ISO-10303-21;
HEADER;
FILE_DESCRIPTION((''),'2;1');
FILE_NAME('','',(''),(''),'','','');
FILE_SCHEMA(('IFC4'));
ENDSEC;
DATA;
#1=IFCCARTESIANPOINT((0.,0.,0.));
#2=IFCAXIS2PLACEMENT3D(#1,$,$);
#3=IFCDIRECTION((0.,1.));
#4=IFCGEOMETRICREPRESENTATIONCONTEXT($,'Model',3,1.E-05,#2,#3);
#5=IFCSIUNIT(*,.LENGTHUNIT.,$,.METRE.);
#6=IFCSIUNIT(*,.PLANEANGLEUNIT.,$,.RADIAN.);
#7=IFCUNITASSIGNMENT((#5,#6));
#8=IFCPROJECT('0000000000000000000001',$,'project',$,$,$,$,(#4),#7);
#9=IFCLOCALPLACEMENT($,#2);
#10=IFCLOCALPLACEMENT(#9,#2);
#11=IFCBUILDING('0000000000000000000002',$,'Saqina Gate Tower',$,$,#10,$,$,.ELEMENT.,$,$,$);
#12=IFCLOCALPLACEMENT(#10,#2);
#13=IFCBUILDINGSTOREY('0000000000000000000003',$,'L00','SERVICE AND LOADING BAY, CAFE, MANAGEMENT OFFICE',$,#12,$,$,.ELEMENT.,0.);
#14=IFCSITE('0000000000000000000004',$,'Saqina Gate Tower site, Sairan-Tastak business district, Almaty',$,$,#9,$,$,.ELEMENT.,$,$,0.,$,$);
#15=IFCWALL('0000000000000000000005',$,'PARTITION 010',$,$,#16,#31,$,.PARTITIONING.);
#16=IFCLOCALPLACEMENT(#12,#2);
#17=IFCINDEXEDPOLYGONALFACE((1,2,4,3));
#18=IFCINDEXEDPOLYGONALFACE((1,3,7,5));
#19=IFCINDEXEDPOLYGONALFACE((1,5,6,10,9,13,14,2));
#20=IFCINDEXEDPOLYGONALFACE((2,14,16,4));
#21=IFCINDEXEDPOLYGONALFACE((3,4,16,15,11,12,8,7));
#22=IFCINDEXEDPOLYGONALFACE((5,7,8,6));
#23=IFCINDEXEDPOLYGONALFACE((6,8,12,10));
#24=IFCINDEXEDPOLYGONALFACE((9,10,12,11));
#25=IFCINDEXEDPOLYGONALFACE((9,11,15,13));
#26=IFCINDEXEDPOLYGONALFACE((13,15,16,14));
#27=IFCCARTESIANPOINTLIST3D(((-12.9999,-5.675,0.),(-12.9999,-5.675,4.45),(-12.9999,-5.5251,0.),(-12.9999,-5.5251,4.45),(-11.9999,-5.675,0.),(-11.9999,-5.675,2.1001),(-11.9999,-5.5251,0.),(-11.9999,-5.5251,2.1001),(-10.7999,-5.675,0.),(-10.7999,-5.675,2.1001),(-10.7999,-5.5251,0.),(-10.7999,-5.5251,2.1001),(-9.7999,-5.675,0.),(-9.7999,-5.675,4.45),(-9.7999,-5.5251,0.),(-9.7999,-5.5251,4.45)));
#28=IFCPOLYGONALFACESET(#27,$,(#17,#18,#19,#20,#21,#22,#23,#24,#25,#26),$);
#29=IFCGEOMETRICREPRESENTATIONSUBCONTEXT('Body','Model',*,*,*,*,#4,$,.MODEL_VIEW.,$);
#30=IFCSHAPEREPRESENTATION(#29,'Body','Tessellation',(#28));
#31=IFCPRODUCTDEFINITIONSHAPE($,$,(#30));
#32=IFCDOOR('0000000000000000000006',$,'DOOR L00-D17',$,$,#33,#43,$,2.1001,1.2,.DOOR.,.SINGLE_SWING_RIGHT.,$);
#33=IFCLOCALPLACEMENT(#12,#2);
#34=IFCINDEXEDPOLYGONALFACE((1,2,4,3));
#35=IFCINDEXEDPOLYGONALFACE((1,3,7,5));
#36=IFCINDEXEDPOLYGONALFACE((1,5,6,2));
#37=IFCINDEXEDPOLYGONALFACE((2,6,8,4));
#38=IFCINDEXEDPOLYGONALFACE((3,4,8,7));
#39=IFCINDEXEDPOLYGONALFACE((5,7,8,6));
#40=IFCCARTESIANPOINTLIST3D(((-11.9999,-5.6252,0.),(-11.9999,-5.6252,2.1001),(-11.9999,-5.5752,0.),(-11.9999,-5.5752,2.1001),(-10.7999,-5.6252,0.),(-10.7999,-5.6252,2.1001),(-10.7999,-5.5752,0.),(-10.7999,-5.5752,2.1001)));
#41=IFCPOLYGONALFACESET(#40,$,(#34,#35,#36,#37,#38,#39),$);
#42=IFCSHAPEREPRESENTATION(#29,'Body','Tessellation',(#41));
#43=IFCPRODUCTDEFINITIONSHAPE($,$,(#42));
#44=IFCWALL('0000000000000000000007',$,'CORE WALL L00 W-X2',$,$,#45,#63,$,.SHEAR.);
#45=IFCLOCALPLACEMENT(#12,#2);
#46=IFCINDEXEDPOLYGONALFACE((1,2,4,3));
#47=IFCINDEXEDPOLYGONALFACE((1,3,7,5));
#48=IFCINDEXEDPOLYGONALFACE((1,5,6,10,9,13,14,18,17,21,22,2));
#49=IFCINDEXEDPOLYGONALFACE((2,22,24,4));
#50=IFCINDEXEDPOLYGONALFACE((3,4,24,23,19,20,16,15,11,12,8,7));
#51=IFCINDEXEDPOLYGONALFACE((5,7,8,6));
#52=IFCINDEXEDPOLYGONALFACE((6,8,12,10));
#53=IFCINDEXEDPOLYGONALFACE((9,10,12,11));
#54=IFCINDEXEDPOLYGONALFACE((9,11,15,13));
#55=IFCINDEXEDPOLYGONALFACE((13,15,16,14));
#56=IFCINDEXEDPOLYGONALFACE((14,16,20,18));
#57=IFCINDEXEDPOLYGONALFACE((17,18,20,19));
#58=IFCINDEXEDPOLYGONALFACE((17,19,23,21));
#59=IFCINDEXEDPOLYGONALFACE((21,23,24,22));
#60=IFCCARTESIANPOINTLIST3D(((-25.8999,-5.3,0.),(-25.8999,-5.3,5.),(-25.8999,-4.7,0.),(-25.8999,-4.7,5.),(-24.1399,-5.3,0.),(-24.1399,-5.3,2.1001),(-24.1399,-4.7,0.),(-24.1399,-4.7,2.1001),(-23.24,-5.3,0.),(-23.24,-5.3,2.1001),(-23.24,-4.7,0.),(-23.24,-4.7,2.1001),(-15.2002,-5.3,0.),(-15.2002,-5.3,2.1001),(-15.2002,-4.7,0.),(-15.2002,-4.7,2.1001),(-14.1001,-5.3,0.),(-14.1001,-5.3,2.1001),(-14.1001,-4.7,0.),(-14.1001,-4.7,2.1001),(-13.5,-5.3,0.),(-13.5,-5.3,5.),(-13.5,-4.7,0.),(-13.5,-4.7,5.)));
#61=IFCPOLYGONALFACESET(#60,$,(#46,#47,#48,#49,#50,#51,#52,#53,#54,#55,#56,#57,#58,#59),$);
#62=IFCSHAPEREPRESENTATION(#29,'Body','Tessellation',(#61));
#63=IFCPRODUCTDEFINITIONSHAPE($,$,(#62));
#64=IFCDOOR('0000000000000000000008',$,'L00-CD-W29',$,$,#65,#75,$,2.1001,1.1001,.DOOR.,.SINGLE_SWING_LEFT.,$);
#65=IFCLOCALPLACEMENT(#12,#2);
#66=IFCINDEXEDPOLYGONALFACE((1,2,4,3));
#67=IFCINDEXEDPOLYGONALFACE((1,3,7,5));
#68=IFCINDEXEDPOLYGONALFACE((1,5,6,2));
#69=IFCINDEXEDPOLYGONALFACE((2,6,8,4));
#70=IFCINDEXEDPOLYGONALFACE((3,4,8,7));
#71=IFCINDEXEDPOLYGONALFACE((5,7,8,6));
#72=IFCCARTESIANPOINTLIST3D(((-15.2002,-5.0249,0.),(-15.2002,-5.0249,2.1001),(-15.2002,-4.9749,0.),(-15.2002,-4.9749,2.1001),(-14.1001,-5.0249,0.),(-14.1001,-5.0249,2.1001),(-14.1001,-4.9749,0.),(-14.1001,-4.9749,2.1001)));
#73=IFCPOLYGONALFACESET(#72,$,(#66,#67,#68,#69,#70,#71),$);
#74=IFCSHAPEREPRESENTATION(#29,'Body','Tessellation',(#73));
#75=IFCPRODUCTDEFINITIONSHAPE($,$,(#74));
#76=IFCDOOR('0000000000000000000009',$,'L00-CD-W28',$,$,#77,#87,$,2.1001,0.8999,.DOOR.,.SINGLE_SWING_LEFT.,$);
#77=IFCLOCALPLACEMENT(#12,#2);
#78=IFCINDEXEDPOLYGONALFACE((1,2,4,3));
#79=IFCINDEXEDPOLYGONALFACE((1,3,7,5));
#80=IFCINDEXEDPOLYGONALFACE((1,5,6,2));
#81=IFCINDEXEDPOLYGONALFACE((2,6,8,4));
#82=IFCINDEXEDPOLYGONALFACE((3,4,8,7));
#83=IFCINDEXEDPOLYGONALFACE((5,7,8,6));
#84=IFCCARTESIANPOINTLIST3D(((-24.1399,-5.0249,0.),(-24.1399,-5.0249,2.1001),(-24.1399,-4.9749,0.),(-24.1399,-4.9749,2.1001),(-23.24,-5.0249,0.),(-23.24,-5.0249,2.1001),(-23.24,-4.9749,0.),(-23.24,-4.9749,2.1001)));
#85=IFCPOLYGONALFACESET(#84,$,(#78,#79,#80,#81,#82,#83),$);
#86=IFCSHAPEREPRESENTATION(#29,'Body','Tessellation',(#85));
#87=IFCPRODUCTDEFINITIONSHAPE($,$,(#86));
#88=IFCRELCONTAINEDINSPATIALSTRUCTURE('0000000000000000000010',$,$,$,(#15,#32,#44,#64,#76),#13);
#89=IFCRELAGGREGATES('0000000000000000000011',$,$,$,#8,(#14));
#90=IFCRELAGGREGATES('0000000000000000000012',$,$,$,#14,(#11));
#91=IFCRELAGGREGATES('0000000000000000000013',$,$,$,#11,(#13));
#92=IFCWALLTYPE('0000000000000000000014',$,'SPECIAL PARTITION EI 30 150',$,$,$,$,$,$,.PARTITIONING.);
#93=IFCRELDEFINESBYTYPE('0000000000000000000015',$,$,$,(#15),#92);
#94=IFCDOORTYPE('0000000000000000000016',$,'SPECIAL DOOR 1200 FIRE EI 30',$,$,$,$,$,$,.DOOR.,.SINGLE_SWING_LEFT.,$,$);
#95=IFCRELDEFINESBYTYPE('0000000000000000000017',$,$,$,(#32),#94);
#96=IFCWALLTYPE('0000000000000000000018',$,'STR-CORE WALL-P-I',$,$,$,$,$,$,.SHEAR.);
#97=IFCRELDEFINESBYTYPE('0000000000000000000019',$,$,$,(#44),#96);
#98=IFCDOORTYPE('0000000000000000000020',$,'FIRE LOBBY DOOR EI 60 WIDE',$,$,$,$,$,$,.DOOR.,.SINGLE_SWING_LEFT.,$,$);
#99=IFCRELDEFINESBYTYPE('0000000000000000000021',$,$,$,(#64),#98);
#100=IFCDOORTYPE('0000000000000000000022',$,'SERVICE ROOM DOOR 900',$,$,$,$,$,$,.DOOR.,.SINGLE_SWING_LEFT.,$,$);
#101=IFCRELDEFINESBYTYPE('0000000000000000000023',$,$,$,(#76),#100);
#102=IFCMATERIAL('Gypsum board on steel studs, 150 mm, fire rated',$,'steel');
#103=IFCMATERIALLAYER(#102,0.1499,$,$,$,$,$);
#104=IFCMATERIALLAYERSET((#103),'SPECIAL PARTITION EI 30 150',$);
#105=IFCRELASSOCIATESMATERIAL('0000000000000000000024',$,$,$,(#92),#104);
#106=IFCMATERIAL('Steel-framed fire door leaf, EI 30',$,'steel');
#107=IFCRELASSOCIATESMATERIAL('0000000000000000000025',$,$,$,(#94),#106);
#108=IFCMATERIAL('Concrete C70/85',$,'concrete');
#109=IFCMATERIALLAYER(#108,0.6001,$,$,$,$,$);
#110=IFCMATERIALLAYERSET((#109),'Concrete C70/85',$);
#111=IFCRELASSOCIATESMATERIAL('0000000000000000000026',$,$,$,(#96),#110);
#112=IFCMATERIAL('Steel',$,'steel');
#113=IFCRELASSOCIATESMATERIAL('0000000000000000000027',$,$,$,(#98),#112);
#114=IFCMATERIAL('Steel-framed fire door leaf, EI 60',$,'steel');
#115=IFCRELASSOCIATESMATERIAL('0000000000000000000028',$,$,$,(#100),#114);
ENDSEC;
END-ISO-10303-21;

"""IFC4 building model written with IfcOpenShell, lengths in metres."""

from ifc_helpers import new_model, si_unit, direction, frame, frame_2d, origin, place, context, subcontext, project, spatial, rectangle, extrude, material, layer, layer_set, type_object, element, fill, save


model = new_model("IFC4")

# Units and contexts
model_context = context("Model", 3, precision=1e-05, world=origin(), true_north=direction((0.0, 1.0)))
body_context = subcontext(model_context, "Body", "Model", "MODEL_VIEW")
ifc_project = project(units=[si_unit("LENGTHUNIT", "METRE"), si_unit("PLANEANGLEUNIT", "RADIAN")], contexts=[model_context])

# Site, building, storey
site_placement = place(None, origin())
site = spatial("IfcSite", under=ifc_project, at=site_placement, Name="Saqina Gate Tower site, Sairan-Tastak business district, Almaty", CompositionType="ELEMENT", RefElevation=0.0)
building_placement = place(site_placement, origin())
building = spatial("IfcBuilding", under=site, at=building_placement, Name="Saqina Gate Tower", CompositionType="ELEMENT")
storey_placement = place(building_placement, origin())
storey = spatial("IfcBuildingStorey", under=building, at=storey_placement, Name="L00", Description="SERVICE AND LOADING BAY, CAFE, MANAGEMENT OFFICE", CompositionType="ELEMENT", Elevation=0.0)

# Wall, opening, door
ifc_material_1 = material(Name="Gypsum board on steel studs, 150 mm, fire rated", Category="steel")
ifc_layer_1 = layer(ifc_material_1, 0.1499)
ifc_layer_set_1 = layer_set([ifc_layer_1], Name="SPECIAL PARTITION EI 30 150")
wall_type_1 = type_object("IfcWallType", Name="SPECIAL PARTITION EI 30 150", PredefinedType="PARTITIONING", material=ifc_layer_set_1)
wall_1_placement = place(storey_placement, frame((-13.0, -5.6001, 0.0), z_axis=(0.0, 0.0, 1.0), x_axis=(1.0, 0.0, 0.0)))
wall_1 = element("IfcWall", 1, at=wall_1_placement, inside=storey, type_object=wall_type_1, Name="PARTITION 010", PredefinedType="PARTITIONING", context=body_context, shape_type="SweptSolid", body=[
    extrude(rectangle(XDim=3.2, YDim=0.1499, at=frame_2d((1.6001, 0.0))), origin(), (0.0, 0.0, 1.0), 4.45),
])
opening_1_placement = place(wall_1_placement, frame((1.0, 0.0, 0.0)))
opening_1 = element("IfcOpeningElement", 2, at=opening_1_placement, cuts=wall_1, PredefinedType="OPENING", context=body_context, shape_type="SweptSolid", body=[
    extrude(rectangle(XDim=1.2, YDim=2.1001, at=frame_2d((0.6001, 1.05))), frame((0.0, 0.0869, 0.0), z_axis=(0.0, -1.0, 0.0), x_axis=(1.0, 0.0, 0.0)), (0.0, 0.0, 1.0), 0.1738),
])
ifc_material_2 = material(Name="Steel-framed fire door leaf, EI 30", Category="steel")
door_type_1 = type_object("IfcDoorType", Name="SPECIAL DOOR 1200 FIRE EI 30", OperationType="SINGLE_SWING_LEFT", PredefinedType="DOOR", material=ifc_material_2)
door_1_placement = place(opening_1_placement, origin())
door_1 = element("IfcDoor", 3, at=door_1_placement, inside=storey, type_object=door_type_1, Name="DOOR L00-D17", OperationType="SINGLE_SWING_RIGHT", OverallHeight=2.1001, OverallWidth=1.2, PredefinedType="DOOR", context=body_context, shape_type="SweptSolid", body=[
    extrude(rectangle(XDim=1.2, YDim=2.1001, at=frame_2d((0.6001, 1.05))), frame((0.0, 0.0249, 0.0), z_axis=(0.0, -1.0, 0.0), x_axis=(1.0, 0.0, 0.0)), (0.0, 0.0, 1.0), 0.05),
])
fill(opening_1, door_1)

# Wall, openings, doors
ifc_material_3 = material(Name="Concrete C70/85", Category="concrete")
ifc_layer_2 = layer(ifc_material_3, 0.6001)
ifc_layer_set_2 = layer_set([ifc_layer_2], Name="Concrete C70/85")
wall_type_2 = type_object("IfcWallType", Name="STR-CORE WALL-P-I", PredefinedType="SHEAR", material=ifc_layer_set_2)
wall_2_placement = place(storey_placement, frame((-13.5, -5.0, 0.0), z_axis=(0.0, 0.0, 1.0), x_axis=(-1.0, 0.0, 0.0)))
wall_2 = element("IfcWall", 4, at=wall_2_placement, inside=storey, type_object=wall_type_2, Name="CORE WALL L00 W-X2", PredefinedType="SHEAR", context=body_context, shape_type="SweptSolid", body=[
    extrude(rectangle(XDim=12.3999, YDim=0.6001, at=frame_2d((6.2, 0.0))), origin(), (0.0, 0.0, 1.0), 5.0),
])
opening_2_placement = place(wall_2_placement, frame((9.74, 0.0, 0.0)))
opening_2 = element("IfcOpeningElement", 5, at=opening_2_placement, cuts=wall_2, PredefinedType="OPENING", context=body_context, shape_type="SweptSolid", body=[
    extrude(rectangle(XDim=0.8999, YDim=2.1001, at=frame_2d((0.45, 1.05))), frame((0.0, 0.312, 0.0), z_axis=(0.0, -1.0, 0.0), x_axis=(1.0, 0.0, 0.0)), (0.0, 0.0, 1.0), 0.624),
])
opening_3_placement = place(wall_2_placement, frame((0.6001, 0.0, 0.0)))
opening_3 = element("IfcOpeningElement", 6, at=opening_3_placement, cuts=wall_2, PredefinedType="OPENING", context=body_context, shape_type="SweptSolid", body=[
    extrude(rectangle(XDim=1.1001, YDim=2.1001, at=frame_2d((0.55, 1.05))), frame((0.0, 0.312, 0.0), z_axis=(0.0, -1.0, 0.0), x_axis=(1.0, 0.0, 0.0)), (0.0, 0.0, 1.0), 0.624),
])
ifc_material_4 = material(Name="Steel", Category="steel")
door_type_2 = type_object("IfcDoorType", Name="FIRE LOBBY DOOR EI 60 WIDE", OperationType="SINGLE_SWING_LEFT", PredefinedType="DOOR", material=ifc_material_4)
door_2_placement = place(opening_3_placement, origin())
door_2 = element("IfcDoor", 7, at=door_2_placement, inside=storey, type_object=door_type_2, Name="L00-CD-W29", OperationType="SINGLE_SWING_LEFT", OverallHeight=2.1001, OverallWidth=1.1001, PredefinedType="DOOR", context=body_context, shape_type="SweptSolid", body=[
    extrude(rectangle(XDim=1.1001, YDim=2.1001, at=frame_2d((0.55, 1.05))), frame((0.0, 0.0249, 0.0), z_axis=(0.0, -1.0, 0.0), x_axis=(1.0, 0.0, 0.0)), (0.0, 0.0, 1.0), 0.05),
])
fill(opening_3, door_2)
ifc_material_5 = material(Name="Steel-framed fire door leaf, EI 60", Category="steel")
door_type_3 = type_object("IfcDoorType", Name="SERVICE ROOM DOOR 900", OperationType="SINGLE_SWING_LEFT", PredefinedType="DOOR", material=ifc_material_5)
door_3_placement = place(opening_2_placement, origin())
door_3 = element("IfcDoor", 8, at=door_3_placement, inside=storey, type_object=door_type_3, Name="L00-CD-W28", OperationType="SINGLE_SWING_LEFT", OverallHeight=2.1001, OverallWidth=0.8999, PredefinedType="DOOR", context=body_context, shape_type="SweptSolid", body=[
    extrude(rectangle(XDim=0.8999, YDim=2.1001, at=frame_2d((0.45, 1.05))), frame((0.0, 0.0249, 0.0), z_axis=(0.0, -1.0, 0.0), x_axis=(1.0, 0.0, 0.0)), (0.0, 0.0, 1.0), 0.05),
])
fill(opening_2, door_3)

save(model, "model.ifc")
